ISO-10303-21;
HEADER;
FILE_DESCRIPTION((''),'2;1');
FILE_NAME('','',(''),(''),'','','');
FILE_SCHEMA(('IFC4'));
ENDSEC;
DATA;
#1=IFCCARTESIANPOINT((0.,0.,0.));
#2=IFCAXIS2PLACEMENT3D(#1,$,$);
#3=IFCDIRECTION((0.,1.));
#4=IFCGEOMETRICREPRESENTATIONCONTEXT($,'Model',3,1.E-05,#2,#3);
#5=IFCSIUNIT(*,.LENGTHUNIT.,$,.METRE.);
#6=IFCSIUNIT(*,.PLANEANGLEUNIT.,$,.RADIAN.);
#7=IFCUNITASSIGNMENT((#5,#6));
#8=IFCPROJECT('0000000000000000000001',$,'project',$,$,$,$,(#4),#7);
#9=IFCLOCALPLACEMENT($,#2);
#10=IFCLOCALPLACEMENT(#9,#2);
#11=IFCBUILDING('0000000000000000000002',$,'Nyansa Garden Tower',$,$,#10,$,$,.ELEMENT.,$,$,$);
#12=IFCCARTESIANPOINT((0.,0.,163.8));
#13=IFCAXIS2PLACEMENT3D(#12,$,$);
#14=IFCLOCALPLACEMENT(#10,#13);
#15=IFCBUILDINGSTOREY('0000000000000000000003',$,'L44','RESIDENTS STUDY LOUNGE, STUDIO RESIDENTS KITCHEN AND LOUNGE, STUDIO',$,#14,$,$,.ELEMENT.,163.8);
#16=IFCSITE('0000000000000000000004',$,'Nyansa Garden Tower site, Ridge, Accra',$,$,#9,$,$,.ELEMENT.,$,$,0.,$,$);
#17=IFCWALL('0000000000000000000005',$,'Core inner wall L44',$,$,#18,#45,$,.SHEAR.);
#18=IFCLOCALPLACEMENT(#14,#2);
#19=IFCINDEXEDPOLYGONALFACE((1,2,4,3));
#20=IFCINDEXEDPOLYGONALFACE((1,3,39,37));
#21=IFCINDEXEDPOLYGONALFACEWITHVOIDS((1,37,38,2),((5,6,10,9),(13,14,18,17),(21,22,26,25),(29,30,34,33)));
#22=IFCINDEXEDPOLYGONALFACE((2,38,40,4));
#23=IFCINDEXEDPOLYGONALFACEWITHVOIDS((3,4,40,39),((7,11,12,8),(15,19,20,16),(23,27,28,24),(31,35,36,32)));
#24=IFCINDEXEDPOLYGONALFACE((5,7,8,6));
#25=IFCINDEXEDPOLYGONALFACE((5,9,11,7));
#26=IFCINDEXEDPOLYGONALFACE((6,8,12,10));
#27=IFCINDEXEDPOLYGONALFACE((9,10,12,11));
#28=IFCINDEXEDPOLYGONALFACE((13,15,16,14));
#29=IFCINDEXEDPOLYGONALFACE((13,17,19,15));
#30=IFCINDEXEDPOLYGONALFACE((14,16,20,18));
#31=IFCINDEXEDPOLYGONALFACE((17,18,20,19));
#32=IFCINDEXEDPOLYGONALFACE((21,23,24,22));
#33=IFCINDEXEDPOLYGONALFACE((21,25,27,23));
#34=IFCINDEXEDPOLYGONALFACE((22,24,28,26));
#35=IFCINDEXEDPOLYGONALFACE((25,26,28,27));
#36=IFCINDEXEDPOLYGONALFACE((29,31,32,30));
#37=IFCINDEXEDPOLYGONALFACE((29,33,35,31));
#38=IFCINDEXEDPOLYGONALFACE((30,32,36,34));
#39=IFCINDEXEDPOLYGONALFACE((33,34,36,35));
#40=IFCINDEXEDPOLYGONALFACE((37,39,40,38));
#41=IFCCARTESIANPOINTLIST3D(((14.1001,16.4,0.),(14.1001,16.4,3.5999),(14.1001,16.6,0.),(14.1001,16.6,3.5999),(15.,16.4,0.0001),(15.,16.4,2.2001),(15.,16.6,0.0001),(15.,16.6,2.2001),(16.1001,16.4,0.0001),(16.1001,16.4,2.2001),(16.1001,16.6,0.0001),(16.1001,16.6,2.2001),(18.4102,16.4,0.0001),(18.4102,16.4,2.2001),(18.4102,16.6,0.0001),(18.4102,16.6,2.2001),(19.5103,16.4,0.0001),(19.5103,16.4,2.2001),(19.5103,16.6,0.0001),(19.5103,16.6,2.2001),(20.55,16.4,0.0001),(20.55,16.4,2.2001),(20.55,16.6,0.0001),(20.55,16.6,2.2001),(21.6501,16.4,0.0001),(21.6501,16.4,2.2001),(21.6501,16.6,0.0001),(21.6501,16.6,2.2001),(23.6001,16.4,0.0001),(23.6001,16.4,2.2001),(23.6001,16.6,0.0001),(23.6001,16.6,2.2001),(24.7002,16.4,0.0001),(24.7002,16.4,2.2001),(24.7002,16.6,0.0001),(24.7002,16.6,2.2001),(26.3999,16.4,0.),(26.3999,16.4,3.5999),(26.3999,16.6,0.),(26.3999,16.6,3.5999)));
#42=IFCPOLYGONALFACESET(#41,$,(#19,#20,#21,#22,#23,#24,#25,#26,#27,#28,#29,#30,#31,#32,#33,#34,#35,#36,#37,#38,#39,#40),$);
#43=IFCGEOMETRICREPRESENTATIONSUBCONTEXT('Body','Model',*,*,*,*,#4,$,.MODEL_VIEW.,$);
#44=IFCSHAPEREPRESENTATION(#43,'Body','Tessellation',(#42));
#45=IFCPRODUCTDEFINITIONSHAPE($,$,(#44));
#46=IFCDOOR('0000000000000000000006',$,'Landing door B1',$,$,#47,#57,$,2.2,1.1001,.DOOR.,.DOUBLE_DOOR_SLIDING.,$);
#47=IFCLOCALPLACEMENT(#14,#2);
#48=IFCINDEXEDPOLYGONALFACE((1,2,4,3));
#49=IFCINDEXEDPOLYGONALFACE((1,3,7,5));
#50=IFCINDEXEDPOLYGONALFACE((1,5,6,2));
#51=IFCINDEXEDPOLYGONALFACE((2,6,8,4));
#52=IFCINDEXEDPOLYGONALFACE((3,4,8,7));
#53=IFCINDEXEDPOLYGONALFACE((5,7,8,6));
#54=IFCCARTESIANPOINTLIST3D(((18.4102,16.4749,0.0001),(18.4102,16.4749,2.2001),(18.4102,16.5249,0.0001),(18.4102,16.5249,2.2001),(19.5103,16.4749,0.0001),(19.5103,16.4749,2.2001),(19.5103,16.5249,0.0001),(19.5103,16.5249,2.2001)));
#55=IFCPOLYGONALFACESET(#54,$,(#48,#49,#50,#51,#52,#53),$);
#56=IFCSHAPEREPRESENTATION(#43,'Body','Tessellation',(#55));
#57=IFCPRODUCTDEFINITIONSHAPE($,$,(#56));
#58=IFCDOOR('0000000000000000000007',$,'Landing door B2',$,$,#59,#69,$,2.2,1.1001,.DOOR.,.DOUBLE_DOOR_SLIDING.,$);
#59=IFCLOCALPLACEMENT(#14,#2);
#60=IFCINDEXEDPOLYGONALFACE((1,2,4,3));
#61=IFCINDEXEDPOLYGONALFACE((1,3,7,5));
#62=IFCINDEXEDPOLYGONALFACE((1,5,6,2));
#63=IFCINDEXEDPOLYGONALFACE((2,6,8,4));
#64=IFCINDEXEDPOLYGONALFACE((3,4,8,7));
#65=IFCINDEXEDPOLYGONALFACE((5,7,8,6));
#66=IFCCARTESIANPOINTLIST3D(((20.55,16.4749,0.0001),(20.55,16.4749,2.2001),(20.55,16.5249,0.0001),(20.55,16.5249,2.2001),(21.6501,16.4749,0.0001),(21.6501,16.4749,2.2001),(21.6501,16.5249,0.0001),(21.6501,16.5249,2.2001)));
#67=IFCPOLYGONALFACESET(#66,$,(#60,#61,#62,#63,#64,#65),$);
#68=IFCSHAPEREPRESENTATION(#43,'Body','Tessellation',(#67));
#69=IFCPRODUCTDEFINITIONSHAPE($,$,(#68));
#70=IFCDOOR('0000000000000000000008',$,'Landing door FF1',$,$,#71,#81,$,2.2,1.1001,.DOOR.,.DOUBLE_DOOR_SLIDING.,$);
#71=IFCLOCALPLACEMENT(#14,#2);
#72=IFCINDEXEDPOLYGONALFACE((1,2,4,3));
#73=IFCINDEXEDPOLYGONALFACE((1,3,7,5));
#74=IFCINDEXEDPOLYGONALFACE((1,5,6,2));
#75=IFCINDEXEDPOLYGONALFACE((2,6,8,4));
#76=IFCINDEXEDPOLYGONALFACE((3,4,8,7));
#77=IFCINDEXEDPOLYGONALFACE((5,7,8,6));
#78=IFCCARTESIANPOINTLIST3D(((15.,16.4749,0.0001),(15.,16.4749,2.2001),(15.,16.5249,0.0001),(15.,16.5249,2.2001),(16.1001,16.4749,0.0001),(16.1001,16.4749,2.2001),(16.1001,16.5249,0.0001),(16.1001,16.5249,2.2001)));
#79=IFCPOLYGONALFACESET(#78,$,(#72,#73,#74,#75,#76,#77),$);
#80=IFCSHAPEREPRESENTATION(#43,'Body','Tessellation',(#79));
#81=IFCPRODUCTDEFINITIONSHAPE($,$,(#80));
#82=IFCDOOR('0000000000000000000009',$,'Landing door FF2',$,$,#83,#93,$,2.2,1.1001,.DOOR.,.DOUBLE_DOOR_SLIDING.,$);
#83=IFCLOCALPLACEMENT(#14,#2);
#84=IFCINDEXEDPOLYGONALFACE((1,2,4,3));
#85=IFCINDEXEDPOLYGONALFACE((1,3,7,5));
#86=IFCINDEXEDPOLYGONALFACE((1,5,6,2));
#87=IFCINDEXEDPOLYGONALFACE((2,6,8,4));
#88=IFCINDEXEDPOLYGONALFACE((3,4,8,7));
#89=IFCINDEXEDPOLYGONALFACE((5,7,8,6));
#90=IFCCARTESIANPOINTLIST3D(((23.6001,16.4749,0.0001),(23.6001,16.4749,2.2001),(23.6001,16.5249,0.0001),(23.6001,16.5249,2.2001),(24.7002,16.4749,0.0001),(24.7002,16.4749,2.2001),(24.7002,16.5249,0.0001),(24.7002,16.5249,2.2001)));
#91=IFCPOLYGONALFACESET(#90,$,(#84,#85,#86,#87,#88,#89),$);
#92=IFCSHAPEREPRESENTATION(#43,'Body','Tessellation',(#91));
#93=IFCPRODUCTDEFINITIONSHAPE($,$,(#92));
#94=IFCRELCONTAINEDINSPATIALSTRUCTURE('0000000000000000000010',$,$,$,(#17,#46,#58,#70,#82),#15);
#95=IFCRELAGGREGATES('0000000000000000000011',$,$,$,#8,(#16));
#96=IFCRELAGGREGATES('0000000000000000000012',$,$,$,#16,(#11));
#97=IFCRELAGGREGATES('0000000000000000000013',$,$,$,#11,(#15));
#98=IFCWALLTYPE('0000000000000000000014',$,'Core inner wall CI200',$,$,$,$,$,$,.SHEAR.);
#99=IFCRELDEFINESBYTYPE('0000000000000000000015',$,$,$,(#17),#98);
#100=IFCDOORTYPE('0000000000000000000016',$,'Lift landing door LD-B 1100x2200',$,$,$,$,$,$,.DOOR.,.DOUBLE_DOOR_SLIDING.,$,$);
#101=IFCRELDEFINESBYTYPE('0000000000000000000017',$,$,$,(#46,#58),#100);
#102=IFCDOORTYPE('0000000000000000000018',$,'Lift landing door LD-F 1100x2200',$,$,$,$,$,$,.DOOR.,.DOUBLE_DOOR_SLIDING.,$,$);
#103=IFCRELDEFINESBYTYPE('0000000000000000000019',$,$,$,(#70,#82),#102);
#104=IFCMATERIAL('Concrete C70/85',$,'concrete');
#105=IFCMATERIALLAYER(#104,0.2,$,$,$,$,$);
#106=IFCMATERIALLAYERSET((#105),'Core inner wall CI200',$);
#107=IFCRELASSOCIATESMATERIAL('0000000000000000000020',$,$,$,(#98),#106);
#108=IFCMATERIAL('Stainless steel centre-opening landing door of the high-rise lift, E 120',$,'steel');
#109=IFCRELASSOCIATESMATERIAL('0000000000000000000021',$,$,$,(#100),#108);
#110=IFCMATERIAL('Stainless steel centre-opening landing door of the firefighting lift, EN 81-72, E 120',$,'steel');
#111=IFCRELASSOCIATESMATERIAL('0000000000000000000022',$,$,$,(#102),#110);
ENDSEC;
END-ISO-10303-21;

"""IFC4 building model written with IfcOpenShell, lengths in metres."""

from ifc_helpers import new_model, si_unit, direction, frame, frame_2d, origin, place, context, subcontext, project, spatial, rectangle, extrude, material, layer, layer_set, type_object, element, fill, save


model = new_model("IFC4")

# Units and contexts
model_context = context("Model", 3, precision=1e-05, world=origin(), true_north=direction((0.0, 1.0)))
body_context = subcontext(model_context, "Body", "Model", "MODEL_VIEW")
ifc_project = project(units=[si_unit("LENGTHUNIT", "METRE"), si_unit("PLANEANGLEUNIT", "RADIAN")], contexts=[model_context])

# Site, building, storey
site_placement = place(None, origin())
site = spatial("IfcSite", under=ifc_project, at=site_placement, Name="Nyansa Garden Tower site, Ridge, Accra", CompositionType="ELEMENT", RefElevation=0.0)
building_placement = place(site_placement, origin())
building = spatial("IfcBuilding", under=site, at=building_placement, Name="Nyansa Garden Tower", CompositionType="ELEMENT")
storey_placement = place(building_placement, frame((0.0, 0.0, 163.8)))
storey = spatial("IfcBuildingStorey", under=building, at=storey_placement, Name="L44", Description="RESIDENTS STUDY LOUNGE, STUDIO RESIDENTS KITCHEN AND LOUNGE, STUDIO", CompositionType="ELEMENT", Elevation=163.8)

# Wall, openings, doors
ifc_material_1 = material(Name="Concrete C70/85", Category="concrete")
ifc_layer_1 = layer(ifc_material_1, 0.2)
ifc_layer_set_1 = layer_set([ifc_layer_1], Name="Core inner wall CI200")
wall_type_1 = type_object("IfcWallType", Name="Core inner wall CI200", PredefinedType="SHEAR", material=ifc_layer_set_1)
wall_1_placement = place(storey_placement, frame((14.1001, 16.5, 0.0), z_axis=(0.0, 0.0, 1.0), x_axis=(1.0, 0.0, 0.0)))
wall_1 = element("IfcWall", 1, at=wall_1_placement, inside=storey, type_object=wall_type_1, Name="Core inner wall L44", PredefinedType="SHEAR", context=body_context, shape_type="SweptSolid", body=[
    extrude(rectangle(XDim=12.2998, YDim=0.2, at=frame_2d((6.1499, 0.0))), origin(), (0.0, 0.0, 1.0), 3.5999),
])
opening_1_placement = place(wall_1_placement, frame((0.8999, 0.0, 0.0)))
opening_1 = element("IfcOpeningElement", 2, at=opening_1_placement, cuts=wall_1, PredefinedType="OPENING", context=body_context, shape_type="SweptSolid", body=[
    extrude(rectangle(XDim=1.1001, YDim=2.2, at=frame_2d((0.55, 1.1001))), frame((0.0, 0.1099, 0.0), z_axis=(0.0, -1.0, 0.0), x_axis=(1.0, 0.0, 0.0)), (0.0, 0.0, 1.0), 0.22),
])
opening_2_placement = place(wall_1_placement, frame((4.3101, 0.0, 0.0)))
opening_2 = element("IfcOpeningElement", 3, at=opening_2_placement, cuts=wall_1, PredefinedType="OPENING", context=body_context, shape_type="SweptSolid", body=[
    extrude(rectangle(XDim=1.1001, YDim=2.2, at=frame_2d((0.55, 1.1001))), frame((0.0, 0.1099, 0.0), z_axis=(0.0, -1.0, 0.0), x_axis=(1.0, 0.0, 0.0)), (0.0, 0.0, 1.0), 0.22),
])
opening_3_placement = place(wall_1_placement, frame((6.45, 0.0, 0.0)))
opening_3 = element("IfcOpeningElement", 4, at=opening_3_placement, cuts=wall_1, PredefinedType="OPENING", context=body_context, shape_type="SweptSolid", body=[
    extrude(rectangle(XDim=1.1001, YDim=2.2, at=frame_2d((0.55, 1.1001))), frame((0.0, 0.1099, 0.0), z_axis=(0.0, -1.0, 0.0), x_axis=(1.0, 0.0, 0.0)), (0.0, 0.0, 1.0), 0.22),
])
opening_4_placement = place(wall_1_placement, frame((9.5, 0.0, 0.0)))
opening_4 = element("IfcOpeningElement", 5, at=opening_4_placement, cuts=wall_1, PredefinedType="OPENING", context=body_context, shape_type="SweptSolid", body=[
    extrude(rectangle(XDim=1.1001, YDim=2.2, at=frame_2d((0.55, 1.1001))), frame((0.0, 0.1099, 0.0), z_axis=(0.0, -1.0, 0.0), x_axis=(1.0, 0.0, 0.0)), (0.0, 0.0, 1.0), 0.22),
])
ifc_material_2 = material(Name="Stainless steel centre-opening landing door of the high-rise lift, E 120", Category="steel")
door_type_1 = type_object("IfcDoorType", Name="Lift landing door LD-B 1100x2200", OperationType="DOUBLE_DOOR_SLIDING", PredefinedType="DOOR", material=ifc_material_2)
door_1_placement = place(opening_2_placement, origin())
door_1 = element("IfcDoor", 6, at=door_1_placement, inside=storey, type_object=door_type_1, Name="Landing door B1", OperationType="DOUBLE_DOOR_SLIDING", OverallHeight=2.2, OverallWidth=1.1001, PredefinedType="DOOR", context=body_context, shape_type="SweptSolid", body=[
    extrude(rectangle(XDim=1.1001, YDim=2.2, at=frame_2d((0.55, 1.1001))), frame((0.0, 0.0249, 0.0), z_axis=(0.0, -1.0, 0.0), x_axis=(1.0, 0.0, 0.0)), (0.0, 0.0, 1.0), 0.05),
])
fill(opening_2, door_1)
door_2_placement = place(opening_3_placement, origin())
door_2 = element("IfcDoor", 7, at=door_2_placement, inside=storey, type_object=door_type_1, Name="Landing door B2", OperationType="DOUBLE_DOOR_SLIDING", OverallHeight=2.2, OverallWidth=1.1001, PredefinedType="DOOR", context=body_context, shape_type="SweptSolid", body=[
    extrude(rectangle(XDim=1.1001, YDim=2.2, at=frame_2d((0.55, 1.1001))), frame((0.0, 0.0249, 0.0), z_axis=(0.0, -1.0, 0.0), x_axis=(1.0, 0.0, 0.0)), (0.0, 0.0, 1.0), 0.05),
])
fill(opening_3, door_2)
ifc_material_3 = material(Name="Stainless steel centre-opening landing door of the firefighting lift, EN 81-72, E 120", Category="steel")
door_type_2 = type_object("IfcDoorType", Name="Lift landing door LD-F 1100x2200", OperationType="DOUBLE_DOOR_SLIDING", PredefinedType="DOOR", material=ifc_material_3)
door_3_placement = place(opening_1_placement, origin())
door_3 = element("IfcDoor", 8, at=door_3_placement, inside=storey, type_object=door_type_2, Name="Landing door FF1", OperationType="DOUBLE_DOOR_SLIDING", OverallHeight=2.2, OverallWidth=1.1001, PredefinedType="DOOR", context=body_context, shape_type="SweptSolid", body=[
    extrude(rectangle(XDim=1.1001, YDim=2.2, at=frame_2d((0.55, 1.1001))), frame((0.0, 0.0249, 0.0), z_axis=(0.0, -1.0, 0.0), x_axis=(1.0, 0.0, 0.0)), (0.0, 0.0, 1.0), 0.05),
])
fill(opening_1, door_3)
door_4_placement = place(opening_4_placement, origin())
door_4 = element("IfcDoor", 9, at=door_4_placement, inside=storey, type_object=door_type_2, Name="Landing door FF2", OperationType="DOUBLE_DOOR_SLIDING", OverallHeight=2.2, OverallWidth=1.1001, PredefinedType="DOOR", context=body_context, shape_type="SweptSolid", body=[
    extrude(rectangle(XDim=1.1001, YDim=2.2, at=frame_2d((0.55, 1.1001))), frame((0.0, 0.0249, 0.0), z_axis=(0.0, -1.0, 0.0), x_axis=(1.0, 0.0, 0.0)), (0.0, 0.0, 1.0), 0.05),
])
fill(opening_4, door_4)

save(model, "model.ifc")
